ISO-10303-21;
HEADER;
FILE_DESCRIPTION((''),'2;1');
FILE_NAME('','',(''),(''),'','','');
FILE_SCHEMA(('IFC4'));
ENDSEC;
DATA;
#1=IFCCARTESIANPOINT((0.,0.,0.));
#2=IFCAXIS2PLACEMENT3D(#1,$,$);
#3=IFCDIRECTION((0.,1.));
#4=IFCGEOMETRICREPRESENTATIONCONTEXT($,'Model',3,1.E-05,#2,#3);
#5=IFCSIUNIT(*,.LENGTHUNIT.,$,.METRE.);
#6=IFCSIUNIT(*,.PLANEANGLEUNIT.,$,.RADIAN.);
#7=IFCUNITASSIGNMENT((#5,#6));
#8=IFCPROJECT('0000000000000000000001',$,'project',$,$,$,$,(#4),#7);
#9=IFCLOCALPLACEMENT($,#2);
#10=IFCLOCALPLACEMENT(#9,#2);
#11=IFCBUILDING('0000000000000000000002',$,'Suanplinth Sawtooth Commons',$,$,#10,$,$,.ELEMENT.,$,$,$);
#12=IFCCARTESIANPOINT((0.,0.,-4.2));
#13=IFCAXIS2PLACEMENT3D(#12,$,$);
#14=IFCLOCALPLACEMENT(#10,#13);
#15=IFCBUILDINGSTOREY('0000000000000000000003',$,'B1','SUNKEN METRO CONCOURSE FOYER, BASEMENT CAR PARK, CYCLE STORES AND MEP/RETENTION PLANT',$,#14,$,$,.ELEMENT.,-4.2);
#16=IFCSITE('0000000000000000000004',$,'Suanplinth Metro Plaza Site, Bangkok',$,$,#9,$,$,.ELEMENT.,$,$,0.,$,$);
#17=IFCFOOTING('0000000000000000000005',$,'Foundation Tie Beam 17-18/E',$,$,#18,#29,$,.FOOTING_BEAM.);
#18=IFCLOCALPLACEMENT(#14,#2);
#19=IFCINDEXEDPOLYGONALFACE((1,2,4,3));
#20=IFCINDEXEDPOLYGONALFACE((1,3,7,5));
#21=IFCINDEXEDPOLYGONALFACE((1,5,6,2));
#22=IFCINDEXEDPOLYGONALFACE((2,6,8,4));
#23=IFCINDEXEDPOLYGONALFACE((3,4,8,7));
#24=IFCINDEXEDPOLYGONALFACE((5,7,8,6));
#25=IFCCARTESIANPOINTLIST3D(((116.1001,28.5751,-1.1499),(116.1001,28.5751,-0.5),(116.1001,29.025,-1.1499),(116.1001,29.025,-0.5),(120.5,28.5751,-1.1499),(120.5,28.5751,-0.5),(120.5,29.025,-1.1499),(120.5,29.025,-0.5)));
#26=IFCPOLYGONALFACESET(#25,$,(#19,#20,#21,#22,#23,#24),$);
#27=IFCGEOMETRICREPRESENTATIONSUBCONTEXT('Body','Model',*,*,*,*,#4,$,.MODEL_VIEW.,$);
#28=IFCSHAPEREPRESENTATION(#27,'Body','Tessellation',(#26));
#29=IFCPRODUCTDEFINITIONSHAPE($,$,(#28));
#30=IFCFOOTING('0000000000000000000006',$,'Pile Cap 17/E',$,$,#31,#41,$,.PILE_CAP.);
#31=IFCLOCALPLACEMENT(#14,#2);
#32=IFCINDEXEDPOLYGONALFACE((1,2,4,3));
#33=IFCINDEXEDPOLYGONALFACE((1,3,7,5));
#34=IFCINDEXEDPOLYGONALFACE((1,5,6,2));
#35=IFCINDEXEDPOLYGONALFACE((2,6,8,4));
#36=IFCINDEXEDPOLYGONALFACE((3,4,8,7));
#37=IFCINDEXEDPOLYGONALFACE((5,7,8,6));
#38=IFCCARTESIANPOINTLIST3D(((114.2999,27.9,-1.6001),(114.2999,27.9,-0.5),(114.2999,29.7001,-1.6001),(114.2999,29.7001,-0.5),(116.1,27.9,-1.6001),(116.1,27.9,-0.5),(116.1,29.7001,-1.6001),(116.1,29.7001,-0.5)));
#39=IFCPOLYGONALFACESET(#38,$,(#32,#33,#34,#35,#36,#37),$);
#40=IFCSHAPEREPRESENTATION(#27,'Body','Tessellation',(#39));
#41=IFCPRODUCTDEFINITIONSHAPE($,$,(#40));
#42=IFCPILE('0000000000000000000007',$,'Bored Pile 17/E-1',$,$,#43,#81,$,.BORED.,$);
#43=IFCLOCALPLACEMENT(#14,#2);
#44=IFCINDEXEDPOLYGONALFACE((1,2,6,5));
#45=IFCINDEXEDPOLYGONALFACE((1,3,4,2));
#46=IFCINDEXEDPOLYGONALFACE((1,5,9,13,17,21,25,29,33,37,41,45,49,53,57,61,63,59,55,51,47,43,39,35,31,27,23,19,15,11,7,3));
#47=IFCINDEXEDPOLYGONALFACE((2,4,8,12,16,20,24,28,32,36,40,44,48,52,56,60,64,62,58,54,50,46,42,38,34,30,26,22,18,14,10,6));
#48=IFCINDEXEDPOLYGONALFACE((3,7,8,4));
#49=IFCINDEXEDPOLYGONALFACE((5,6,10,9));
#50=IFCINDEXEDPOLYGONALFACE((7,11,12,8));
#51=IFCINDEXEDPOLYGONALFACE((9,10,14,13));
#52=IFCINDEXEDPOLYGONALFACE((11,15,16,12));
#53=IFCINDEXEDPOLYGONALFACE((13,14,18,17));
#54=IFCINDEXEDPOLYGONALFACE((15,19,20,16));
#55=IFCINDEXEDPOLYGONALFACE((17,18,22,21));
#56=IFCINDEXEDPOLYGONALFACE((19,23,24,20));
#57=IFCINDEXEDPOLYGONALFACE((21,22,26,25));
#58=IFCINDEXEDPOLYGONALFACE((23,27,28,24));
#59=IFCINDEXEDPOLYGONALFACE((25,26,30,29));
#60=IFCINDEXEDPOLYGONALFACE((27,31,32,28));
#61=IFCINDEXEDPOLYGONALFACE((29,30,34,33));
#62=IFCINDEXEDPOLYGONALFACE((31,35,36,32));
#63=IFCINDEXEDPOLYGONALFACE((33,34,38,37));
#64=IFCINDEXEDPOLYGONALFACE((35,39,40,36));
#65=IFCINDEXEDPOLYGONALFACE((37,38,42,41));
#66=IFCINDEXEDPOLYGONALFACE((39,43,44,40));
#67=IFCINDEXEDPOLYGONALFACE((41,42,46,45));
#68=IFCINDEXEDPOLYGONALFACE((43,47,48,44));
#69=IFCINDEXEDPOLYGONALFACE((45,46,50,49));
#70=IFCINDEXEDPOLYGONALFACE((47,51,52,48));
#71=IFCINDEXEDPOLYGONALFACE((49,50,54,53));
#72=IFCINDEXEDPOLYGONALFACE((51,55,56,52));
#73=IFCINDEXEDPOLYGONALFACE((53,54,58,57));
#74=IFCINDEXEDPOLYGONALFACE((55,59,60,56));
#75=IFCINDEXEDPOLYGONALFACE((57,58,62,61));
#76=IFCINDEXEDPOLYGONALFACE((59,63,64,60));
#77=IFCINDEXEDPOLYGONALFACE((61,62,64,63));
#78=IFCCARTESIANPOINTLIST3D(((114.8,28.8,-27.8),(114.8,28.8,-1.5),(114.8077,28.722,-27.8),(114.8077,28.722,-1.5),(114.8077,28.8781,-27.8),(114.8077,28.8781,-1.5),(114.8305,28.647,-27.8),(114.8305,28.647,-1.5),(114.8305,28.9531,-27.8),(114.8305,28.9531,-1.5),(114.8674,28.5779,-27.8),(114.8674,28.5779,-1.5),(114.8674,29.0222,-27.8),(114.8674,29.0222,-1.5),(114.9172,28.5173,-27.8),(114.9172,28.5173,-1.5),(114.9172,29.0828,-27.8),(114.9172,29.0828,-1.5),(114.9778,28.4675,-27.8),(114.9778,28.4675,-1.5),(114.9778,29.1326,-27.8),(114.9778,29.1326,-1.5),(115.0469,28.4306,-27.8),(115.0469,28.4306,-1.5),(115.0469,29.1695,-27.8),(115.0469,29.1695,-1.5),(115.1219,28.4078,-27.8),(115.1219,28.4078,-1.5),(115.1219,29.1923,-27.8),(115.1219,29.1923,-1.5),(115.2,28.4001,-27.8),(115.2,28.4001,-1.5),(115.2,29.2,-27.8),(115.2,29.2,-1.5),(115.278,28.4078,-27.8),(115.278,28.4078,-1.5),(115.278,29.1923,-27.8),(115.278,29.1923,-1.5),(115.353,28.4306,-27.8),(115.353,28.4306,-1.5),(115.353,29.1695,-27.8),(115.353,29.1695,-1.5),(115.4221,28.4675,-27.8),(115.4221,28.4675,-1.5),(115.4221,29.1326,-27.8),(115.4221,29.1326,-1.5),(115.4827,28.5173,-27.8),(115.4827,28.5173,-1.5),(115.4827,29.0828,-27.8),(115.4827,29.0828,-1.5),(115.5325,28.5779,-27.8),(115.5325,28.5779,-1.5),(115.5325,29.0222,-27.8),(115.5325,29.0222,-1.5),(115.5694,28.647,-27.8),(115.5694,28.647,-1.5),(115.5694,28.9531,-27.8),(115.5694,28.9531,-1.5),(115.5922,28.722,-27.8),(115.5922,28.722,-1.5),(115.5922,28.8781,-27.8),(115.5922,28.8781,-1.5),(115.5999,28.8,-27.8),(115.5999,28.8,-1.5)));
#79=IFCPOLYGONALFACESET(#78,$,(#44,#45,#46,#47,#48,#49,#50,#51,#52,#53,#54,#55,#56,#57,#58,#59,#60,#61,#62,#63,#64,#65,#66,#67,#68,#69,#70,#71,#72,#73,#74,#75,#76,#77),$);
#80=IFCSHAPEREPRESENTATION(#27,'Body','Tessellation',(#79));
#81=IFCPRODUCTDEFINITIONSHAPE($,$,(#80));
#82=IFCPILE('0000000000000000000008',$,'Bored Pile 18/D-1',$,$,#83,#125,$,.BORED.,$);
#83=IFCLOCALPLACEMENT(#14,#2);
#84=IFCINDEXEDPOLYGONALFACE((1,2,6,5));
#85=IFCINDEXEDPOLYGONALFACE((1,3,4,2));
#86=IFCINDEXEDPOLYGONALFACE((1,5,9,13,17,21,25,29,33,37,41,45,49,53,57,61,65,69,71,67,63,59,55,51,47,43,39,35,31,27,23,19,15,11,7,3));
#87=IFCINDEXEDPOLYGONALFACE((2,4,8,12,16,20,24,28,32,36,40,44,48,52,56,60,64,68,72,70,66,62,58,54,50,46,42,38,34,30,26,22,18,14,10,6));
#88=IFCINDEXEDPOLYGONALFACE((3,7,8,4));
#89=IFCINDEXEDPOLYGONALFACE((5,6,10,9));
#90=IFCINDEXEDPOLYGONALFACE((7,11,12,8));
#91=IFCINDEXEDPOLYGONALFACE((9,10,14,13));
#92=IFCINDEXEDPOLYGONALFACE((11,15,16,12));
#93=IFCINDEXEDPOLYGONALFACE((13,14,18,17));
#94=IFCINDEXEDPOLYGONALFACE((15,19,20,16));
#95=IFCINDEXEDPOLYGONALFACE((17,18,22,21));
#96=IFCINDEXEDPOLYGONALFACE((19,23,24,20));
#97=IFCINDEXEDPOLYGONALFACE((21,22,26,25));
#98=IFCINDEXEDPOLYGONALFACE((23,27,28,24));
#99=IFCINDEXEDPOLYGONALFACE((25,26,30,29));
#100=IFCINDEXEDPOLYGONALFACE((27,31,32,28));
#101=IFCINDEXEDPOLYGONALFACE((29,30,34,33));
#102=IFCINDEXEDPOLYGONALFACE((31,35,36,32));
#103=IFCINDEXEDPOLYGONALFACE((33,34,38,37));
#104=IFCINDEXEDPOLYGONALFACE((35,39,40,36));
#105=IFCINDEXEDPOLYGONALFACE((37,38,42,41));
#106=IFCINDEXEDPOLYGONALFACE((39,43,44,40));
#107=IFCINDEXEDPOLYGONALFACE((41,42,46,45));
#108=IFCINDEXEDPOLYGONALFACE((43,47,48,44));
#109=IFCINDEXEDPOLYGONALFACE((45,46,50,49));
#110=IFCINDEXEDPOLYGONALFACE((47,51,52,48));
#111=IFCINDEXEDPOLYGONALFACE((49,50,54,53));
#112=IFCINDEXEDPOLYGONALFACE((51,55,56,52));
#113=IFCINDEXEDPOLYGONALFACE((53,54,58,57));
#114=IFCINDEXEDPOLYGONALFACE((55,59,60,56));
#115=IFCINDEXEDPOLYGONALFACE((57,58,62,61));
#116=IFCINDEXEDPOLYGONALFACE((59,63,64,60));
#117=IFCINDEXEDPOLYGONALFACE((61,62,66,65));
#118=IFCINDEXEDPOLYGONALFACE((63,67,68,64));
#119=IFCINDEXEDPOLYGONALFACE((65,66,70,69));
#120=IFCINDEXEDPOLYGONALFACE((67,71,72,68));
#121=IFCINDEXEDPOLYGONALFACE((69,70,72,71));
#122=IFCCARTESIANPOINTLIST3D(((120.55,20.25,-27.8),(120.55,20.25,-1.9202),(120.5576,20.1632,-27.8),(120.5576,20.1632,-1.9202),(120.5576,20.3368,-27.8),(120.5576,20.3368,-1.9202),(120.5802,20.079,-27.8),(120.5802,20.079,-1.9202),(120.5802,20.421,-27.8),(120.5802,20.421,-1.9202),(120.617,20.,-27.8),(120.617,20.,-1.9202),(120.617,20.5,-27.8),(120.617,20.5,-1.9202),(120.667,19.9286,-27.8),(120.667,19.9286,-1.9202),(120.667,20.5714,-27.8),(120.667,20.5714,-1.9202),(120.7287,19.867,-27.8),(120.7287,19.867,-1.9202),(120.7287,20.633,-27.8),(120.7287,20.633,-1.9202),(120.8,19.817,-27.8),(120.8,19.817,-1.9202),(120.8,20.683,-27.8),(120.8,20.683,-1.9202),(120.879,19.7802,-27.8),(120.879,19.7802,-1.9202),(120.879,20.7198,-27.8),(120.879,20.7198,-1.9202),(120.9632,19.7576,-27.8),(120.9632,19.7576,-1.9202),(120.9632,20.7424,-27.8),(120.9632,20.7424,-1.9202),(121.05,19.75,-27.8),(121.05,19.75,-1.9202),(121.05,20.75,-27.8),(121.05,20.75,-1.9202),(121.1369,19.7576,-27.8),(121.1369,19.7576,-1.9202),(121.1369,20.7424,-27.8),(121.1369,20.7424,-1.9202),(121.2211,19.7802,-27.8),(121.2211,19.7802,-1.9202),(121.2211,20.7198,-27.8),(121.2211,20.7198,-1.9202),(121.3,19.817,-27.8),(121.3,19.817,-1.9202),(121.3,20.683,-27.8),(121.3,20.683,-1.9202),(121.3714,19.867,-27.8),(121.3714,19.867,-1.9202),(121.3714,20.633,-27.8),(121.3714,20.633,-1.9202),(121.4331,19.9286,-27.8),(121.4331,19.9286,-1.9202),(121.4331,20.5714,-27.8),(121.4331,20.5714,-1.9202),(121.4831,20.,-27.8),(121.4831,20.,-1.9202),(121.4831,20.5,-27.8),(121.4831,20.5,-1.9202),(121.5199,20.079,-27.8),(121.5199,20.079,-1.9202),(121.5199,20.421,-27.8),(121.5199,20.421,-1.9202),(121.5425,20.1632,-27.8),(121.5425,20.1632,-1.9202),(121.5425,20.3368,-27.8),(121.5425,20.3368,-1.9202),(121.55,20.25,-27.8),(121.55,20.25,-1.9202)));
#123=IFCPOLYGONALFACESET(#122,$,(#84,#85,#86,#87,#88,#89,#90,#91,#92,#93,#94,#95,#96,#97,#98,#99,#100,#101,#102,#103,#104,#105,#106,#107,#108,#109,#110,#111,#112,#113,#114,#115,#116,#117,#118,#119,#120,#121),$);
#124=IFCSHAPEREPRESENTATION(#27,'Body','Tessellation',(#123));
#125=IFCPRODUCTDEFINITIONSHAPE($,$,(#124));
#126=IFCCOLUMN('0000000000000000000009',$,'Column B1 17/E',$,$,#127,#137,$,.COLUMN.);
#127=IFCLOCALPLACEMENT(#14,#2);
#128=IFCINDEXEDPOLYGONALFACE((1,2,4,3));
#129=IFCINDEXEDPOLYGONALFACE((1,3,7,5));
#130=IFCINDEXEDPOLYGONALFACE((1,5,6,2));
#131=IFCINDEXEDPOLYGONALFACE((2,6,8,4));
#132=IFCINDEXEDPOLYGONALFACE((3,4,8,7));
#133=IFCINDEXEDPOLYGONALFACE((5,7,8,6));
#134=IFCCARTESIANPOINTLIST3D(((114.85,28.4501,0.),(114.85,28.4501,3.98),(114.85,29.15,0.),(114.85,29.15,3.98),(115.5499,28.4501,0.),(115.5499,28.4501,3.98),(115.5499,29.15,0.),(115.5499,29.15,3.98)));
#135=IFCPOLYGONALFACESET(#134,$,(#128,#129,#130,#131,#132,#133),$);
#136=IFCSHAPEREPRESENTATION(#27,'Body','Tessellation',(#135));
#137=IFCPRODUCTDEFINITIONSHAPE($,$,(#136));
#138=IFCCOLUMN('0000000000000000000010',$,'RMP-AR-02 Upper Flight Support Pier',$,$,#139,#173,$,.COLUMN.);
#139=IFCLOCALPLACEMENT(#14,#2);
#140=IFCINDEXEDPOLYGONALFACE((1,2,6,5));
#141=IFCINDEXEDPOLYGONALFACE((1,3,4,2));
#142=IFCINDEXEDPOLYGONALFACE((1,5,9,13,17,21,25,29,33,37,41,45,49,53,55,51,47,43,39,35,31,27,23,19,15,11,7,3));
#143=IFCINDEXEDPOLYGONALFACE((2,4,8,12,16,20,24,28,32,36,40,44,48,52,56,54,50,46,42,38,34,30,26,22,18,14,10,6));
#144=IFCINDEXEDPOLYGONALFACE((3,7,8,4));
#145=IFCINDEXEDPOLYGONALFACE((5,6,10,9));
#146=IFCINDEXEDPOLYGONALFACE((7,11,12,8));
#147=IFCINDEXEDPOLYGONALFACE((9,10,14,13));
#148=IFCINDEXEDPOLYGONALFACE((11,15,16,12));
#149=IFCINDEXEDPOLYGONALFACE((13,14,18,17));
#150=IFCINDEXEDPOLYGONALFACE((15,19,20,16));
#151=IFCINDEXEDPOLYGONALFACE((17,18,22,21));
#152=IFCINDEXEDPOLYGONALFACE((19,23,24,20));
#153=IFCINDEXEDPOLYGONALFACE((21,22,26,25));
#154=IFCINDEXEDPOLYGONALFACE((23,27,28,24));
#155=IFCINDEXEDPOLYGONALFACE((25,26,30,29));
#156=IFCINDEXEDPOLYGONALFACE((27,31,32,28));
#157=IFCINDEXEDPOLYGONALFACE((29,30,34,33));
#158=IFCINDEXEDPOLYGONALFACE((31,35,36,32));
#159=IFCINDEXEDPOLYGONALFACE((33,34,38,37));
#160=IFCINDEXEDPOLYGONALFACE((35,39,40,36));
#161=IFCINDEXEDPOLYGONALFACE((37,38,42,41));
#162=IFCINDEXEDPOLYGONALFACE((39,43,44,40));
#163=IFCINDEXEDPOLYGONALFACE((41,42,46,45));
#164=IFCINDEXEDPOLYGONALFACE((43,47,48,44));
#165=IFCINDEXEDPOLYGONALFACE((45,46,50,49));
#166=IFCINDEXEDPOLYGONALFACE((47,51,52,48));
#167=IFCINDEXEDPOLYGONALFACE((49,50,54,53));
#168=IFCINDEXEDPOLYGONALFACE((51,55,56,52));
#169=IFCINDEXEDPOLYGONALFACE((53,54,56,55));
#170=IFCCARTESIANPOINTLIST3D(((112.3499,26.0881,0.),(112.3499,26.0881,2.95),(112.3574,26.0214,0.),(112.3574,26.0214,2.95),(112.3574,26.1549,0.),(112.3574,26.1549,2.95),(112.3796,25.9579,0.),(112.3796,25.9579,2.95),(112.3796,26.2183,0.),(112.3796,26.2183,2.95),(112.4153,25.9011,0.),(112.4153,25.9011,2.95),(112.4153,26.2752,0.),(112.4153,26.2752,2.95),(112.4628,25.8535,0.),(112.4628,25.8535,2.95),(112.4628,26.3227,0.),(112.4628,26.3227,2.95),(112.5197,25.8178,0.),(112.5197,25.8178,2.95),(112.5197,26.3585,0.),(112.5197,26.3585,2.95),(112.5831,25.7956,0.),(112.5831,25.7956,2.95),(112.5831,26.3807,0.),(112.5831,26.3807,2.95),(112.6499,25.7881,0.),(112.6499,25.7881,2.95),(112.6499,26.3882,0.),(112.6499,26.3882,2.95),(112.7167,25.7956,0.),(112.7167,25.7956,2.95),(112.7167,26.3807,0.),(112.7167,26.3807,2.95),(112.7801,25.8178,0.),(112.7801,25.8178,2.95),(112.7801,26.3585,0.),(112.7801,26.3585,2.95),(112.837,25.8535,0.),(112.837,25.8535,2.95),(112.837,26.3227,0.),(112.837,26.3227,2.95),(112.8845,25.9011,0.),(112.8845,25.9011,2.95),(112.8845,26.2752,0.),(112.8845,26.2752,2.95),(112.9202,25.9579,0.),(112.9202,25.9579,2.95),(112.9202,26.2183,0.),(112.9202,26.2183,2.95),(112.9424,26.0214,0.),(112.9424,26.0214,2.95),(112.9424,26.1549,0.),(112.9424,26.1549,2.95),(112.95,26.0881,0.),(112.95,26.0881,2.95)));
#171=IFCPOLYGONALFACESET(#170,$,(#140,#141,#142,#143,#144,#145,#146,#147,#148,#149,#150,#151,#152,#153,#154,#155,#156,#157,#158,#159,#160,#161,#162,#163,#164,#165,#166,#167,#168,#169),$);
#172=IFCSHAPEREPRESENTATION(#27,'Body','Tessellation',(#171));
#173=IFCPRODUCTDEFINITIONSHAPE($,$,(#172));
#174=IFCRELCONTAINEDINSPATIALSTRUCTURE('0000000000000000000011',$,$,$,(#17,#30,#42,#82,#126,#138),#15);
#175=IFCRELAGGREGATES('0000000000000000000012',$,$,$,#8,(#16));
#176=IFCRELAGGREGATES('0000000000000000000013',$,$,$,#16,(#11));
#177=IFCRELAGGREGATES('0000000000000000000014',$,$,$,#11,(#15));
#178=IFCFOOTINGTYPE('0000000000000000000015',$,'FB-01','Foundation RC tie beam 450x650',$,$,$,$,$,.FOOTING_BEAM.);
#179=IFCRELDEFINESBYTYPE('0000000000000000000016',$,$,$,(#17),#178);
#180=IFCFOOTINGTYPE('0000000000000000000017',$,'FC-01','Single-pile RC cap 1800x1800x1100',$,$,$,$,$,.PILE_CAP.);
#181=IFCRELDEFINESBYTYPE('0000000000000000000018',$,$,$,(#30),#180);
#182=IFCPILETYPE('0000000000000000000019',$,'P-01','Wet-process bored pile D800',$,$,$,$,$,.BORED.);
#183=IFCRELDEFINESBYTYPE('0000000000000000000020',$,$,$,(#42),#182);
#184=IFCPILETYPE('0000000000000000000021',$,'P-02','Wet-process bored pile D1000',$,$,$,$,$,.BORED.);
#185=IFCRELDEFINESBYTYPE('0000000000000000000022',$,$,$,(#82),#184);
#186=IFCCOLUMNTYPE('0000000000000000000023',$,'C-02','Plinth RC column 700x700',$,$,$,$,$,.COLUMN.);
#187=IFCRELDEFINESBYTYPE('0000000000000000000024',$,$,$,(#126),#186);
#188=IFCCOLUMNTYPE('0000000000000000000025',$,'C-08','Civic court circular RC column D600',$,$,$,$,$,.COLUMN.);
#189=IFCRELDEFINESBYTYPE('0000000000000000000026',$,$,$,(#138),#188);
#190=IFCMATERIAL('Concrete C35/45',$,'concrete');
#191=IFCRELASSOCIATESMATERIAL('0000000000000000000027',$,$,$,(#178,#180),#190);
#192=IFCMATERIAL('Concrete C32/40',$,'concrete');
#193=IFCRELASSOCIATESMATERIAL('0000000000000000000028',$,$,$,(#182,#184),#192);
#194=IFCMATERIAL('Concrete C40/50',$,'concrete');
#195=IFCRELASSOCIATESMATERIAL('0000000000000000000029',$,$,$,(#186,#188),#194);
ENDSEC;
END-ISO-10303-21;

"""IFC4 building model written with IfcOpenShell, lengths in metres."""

from ifc_helpers import new_model, si_unit, direction, frame, origin, origin_2d, place, context, subcontext, project, spatial, rectangle, circle, extrude, material, material_profile, profile_set, type_object, element, save


model = new_model("IFC4")

# Units and contexts
model_context = context("Model", 3, precision=1e-05, world=origin(), true_north=direction((0.0, 1.0)))
body_context = subcontext(model_context, "Body", "Model", "MODEL_VIEW")
ifc_project = project(units=[si_unit("LENGTHUNIT", "METRE"), si_unit("PLANEANGLEUNIT", "RADIAN")], contexts=[model_context])

# Site, building, storey
site_placement = place(None, origin())
site = spatial("IfcSite", under=ifc_project, at=site_placement, Name="Suanplinth Metro Plaza Site, Bangkok", CompositionType="ELEMENT", RefElevation=0.0)
building_placement = place(site_placement, origin())
building = spatial("IfcBuilding", under=site, at=building_placement, Name="Suanplinth Sawtooth Commons", CompositionType="ELEMENT")
storey_placement = place(building_placement, frame((0.0, 0.0, -4.2)))
storey = spatial("IfcBuildingStorey", under=building, at=storey_placement, Name="B1", Description="SUNKEN METRO CONCOURSE FOYER, BASEMENT CAR PARK, CYCLE STORES AND MEP/RETENTION PLANT", CompositionType="ELEMENT", Elevation=-4.2)

# Footings
ifc_material_1 = material(Name="Concrete C35/45", Category="concrete")
ifc_material_profile_1 = material_profile(ifc_material_1, rectangle(XDim=0.45, YDim=0.6499, at=origin_2d()), Name="PC-GDR 450x650")
ifc_profile_set_1 = profile_set([ifc_material_profile_1], Name="Concrete C35/45")
footing_type_1 = type_object("IfcFootingType", Name="FB-01", Description="Foundation RC tie beam 450x650", PredefinedType="FOOTING_BEAM", material=ifc_profile_set_1)
footing_1_placement = place(storey_placement, frame((116.1001, 28.8, -0.825), z_axis=(1.0, 0.0, 0.0), x_axis=(0.0, 1.0, 0.0)))
element("IfcFooting", 1, at=footing_1_placement, inside=storey, type_object=footing_type_1, Name="Foundation Tie Beam 17-18/E", PredefinedType="FOOTING_BEAM", context=body_context, shape_type="SweptSolid", body=[
    extrude(rectangle(XDim=0.45, YDim=0.6499, at=origin_2d()), origin(), (0.0, 0.0, 1.0), 4.3999),
])
footing_type_2 = type_object("IfcFootingType", Name="FC-01", Description="Single-pile RC cap 1800x1800x1100", PredefinedType="PILE_CAP", material=ifc_material_1)
footing_2_placement = place(storey_placement, frame((115.2, 28.8, -1.6001), z_axis=(0.0, 0.0, 1.0), x_axis=(1.0, 0.0, 0.0)))
element("IfcFooting", 2, at=footing_2_placement, inside=storey, type_object=footing_type_2, Name="Pile Cap 17/E", PredefinedType="PILE_CAP", context=body_context, shape_type="SweptSolid", body=[
    extrude(rectangle(XDim=1.8, YDim=1.8, at=origin_2d()), origin(), (0.0, 0.0, 1.0), 1.1001),
])

# Piles
ifc_material_2 = material(Name="Concrete C32/40", Category="concrete")
ifc_material_profile_2 = material_profile(ifc_material_2, circle(Radius=0.3999, at=origin_2d()), Name="PILE D800")
ifc_profile_set_2 = profile_set([ifc_material_profile_2], Name="Concrete C32/40")
pile_type_1 = type_object("IfcPileType", Name="P-01", Description="Wet-process bored pile D800", PredefinedType="BORED", material=ifc_profile_set_2)
pile_1_placement = place(storey_placement, frame((115.2, 28.8, -1.5), z_axis=(0.0, 0.0, -1.0), x_axis=(1.0, 0.0, 0.0)))
element("IfcPile", 3, at=pile_1_placement, inside=storey, type_object=pile_type_1, Name="Bored Pile 17/E-1", PredefinedType="BORED", context=body_context, shape_type="SweptSolid", body=[
    extrude(circle(Radius=0.3999, at=origin_2d()), origin(), (0.0, 0.0, 1.0), 26.3),
])
ifc_material_profile_3 = material_profile(ifc_material_2, circle(Radius=0.5, at=origin_2d()), Name="PILE D1000")
ifc_profile_set_3 = profile_set([ifc_material_profile_3], Name="Concrete C32/40")
pile_type_2 = type_object("IfcPileType", Name="P-02", Description="Wet-process bored pile D1000", PredefinedType="BORED", material=ifc_profile_set_3)
pile_2_placement = place(storey_placement, frame((121.05, 20.25, -1.9202), z_axis=(0.0, 0.0, -1.0), x_axis=(1.0, 0.0, 0.0)))
element("IfcPile", 4, at=pile_2_placement, inside=storey, type_object=pile_type_2, Name="Bored Pile 18/D-1", PredefinedType="BORED", context=body_context, shape_type="SweptSolid", body=[
    extrude(circle(Radius=0.5, at=origin_2d()), origin(), (0.0, 0.0, 1.0), 25.8799),
])

# Columns
ifc_material_3 = material(Name="Concrete C40/50", Category="concrete")
ifc_material_profile_4 = material_profile(ifc_material_3, rectangle(XDim=0.7, YDim=0.7, at=origin_2d()), Name="RC-COL 700x700")
ifc_profile_set_4 = profile_set([ifc_material_profile_4], Name="Concrete C40/50")
column_type_1 = type_object("IfcColumnType", Name="C-02", Description="Plinth RC column 700x700", PredefinedType="COLUMN", material=ifc_profile_set_4)
column_1_placement = place(storey_placement, frame((115.2, 28.8, 0.0), z_axis=(0.0, 0.0, 1.0), x_axis=(1.0, 0.0, 0.0)))
element("IfcColumn", 5, at=column_1_placement, inside=storey, type_object=column_type_1, Name="Column B1 17/E", PredefinedType="COLUMN", context=body_context, shape_type="SweptSolid", body=[
    extrude(rectangle(XDim=0.7, YDim=0.7, at=origin_2d()), origin(), (0.0, 0.0, 1.0), 3.98),
])
ifc_material_profile_5 = material_profile(ifc_material_3, circle(Radius=0.3, at=origin_2d()), Name="RC-CIRC D600")
ifc_profile_set_5 = profile_set([ifc_material_profile_5], Name="Concrete C40/50")
column_type_2 = type_object("IfcColumnType", Name="C-08", Description="Civic court circular RC column D600", PredefinedType="COLUMN", material=ifc_profile_set_5)
column_2_placement = place(storey_placement, frame((112.6499, 26.0881, 0.0), z_axis=(0.0, 0.0, 1.0), x_axis=(1.0, 0.0, 0.0)))
element("IfcColumn", 6, at=column_2_placement, inside=storey, type_object=column_type_2, Name="RMP-AR-02 Upper Flight Support Pier", PredefinedType="COLUMN", context=body_context, shape_type="SweptSolid", body=[
    extrude(circle(Radius=0.3, at=origin_2d()), origin(), (0.0, 0.0, 1.0), 2.95),
])

save(model, "model.ifc")
